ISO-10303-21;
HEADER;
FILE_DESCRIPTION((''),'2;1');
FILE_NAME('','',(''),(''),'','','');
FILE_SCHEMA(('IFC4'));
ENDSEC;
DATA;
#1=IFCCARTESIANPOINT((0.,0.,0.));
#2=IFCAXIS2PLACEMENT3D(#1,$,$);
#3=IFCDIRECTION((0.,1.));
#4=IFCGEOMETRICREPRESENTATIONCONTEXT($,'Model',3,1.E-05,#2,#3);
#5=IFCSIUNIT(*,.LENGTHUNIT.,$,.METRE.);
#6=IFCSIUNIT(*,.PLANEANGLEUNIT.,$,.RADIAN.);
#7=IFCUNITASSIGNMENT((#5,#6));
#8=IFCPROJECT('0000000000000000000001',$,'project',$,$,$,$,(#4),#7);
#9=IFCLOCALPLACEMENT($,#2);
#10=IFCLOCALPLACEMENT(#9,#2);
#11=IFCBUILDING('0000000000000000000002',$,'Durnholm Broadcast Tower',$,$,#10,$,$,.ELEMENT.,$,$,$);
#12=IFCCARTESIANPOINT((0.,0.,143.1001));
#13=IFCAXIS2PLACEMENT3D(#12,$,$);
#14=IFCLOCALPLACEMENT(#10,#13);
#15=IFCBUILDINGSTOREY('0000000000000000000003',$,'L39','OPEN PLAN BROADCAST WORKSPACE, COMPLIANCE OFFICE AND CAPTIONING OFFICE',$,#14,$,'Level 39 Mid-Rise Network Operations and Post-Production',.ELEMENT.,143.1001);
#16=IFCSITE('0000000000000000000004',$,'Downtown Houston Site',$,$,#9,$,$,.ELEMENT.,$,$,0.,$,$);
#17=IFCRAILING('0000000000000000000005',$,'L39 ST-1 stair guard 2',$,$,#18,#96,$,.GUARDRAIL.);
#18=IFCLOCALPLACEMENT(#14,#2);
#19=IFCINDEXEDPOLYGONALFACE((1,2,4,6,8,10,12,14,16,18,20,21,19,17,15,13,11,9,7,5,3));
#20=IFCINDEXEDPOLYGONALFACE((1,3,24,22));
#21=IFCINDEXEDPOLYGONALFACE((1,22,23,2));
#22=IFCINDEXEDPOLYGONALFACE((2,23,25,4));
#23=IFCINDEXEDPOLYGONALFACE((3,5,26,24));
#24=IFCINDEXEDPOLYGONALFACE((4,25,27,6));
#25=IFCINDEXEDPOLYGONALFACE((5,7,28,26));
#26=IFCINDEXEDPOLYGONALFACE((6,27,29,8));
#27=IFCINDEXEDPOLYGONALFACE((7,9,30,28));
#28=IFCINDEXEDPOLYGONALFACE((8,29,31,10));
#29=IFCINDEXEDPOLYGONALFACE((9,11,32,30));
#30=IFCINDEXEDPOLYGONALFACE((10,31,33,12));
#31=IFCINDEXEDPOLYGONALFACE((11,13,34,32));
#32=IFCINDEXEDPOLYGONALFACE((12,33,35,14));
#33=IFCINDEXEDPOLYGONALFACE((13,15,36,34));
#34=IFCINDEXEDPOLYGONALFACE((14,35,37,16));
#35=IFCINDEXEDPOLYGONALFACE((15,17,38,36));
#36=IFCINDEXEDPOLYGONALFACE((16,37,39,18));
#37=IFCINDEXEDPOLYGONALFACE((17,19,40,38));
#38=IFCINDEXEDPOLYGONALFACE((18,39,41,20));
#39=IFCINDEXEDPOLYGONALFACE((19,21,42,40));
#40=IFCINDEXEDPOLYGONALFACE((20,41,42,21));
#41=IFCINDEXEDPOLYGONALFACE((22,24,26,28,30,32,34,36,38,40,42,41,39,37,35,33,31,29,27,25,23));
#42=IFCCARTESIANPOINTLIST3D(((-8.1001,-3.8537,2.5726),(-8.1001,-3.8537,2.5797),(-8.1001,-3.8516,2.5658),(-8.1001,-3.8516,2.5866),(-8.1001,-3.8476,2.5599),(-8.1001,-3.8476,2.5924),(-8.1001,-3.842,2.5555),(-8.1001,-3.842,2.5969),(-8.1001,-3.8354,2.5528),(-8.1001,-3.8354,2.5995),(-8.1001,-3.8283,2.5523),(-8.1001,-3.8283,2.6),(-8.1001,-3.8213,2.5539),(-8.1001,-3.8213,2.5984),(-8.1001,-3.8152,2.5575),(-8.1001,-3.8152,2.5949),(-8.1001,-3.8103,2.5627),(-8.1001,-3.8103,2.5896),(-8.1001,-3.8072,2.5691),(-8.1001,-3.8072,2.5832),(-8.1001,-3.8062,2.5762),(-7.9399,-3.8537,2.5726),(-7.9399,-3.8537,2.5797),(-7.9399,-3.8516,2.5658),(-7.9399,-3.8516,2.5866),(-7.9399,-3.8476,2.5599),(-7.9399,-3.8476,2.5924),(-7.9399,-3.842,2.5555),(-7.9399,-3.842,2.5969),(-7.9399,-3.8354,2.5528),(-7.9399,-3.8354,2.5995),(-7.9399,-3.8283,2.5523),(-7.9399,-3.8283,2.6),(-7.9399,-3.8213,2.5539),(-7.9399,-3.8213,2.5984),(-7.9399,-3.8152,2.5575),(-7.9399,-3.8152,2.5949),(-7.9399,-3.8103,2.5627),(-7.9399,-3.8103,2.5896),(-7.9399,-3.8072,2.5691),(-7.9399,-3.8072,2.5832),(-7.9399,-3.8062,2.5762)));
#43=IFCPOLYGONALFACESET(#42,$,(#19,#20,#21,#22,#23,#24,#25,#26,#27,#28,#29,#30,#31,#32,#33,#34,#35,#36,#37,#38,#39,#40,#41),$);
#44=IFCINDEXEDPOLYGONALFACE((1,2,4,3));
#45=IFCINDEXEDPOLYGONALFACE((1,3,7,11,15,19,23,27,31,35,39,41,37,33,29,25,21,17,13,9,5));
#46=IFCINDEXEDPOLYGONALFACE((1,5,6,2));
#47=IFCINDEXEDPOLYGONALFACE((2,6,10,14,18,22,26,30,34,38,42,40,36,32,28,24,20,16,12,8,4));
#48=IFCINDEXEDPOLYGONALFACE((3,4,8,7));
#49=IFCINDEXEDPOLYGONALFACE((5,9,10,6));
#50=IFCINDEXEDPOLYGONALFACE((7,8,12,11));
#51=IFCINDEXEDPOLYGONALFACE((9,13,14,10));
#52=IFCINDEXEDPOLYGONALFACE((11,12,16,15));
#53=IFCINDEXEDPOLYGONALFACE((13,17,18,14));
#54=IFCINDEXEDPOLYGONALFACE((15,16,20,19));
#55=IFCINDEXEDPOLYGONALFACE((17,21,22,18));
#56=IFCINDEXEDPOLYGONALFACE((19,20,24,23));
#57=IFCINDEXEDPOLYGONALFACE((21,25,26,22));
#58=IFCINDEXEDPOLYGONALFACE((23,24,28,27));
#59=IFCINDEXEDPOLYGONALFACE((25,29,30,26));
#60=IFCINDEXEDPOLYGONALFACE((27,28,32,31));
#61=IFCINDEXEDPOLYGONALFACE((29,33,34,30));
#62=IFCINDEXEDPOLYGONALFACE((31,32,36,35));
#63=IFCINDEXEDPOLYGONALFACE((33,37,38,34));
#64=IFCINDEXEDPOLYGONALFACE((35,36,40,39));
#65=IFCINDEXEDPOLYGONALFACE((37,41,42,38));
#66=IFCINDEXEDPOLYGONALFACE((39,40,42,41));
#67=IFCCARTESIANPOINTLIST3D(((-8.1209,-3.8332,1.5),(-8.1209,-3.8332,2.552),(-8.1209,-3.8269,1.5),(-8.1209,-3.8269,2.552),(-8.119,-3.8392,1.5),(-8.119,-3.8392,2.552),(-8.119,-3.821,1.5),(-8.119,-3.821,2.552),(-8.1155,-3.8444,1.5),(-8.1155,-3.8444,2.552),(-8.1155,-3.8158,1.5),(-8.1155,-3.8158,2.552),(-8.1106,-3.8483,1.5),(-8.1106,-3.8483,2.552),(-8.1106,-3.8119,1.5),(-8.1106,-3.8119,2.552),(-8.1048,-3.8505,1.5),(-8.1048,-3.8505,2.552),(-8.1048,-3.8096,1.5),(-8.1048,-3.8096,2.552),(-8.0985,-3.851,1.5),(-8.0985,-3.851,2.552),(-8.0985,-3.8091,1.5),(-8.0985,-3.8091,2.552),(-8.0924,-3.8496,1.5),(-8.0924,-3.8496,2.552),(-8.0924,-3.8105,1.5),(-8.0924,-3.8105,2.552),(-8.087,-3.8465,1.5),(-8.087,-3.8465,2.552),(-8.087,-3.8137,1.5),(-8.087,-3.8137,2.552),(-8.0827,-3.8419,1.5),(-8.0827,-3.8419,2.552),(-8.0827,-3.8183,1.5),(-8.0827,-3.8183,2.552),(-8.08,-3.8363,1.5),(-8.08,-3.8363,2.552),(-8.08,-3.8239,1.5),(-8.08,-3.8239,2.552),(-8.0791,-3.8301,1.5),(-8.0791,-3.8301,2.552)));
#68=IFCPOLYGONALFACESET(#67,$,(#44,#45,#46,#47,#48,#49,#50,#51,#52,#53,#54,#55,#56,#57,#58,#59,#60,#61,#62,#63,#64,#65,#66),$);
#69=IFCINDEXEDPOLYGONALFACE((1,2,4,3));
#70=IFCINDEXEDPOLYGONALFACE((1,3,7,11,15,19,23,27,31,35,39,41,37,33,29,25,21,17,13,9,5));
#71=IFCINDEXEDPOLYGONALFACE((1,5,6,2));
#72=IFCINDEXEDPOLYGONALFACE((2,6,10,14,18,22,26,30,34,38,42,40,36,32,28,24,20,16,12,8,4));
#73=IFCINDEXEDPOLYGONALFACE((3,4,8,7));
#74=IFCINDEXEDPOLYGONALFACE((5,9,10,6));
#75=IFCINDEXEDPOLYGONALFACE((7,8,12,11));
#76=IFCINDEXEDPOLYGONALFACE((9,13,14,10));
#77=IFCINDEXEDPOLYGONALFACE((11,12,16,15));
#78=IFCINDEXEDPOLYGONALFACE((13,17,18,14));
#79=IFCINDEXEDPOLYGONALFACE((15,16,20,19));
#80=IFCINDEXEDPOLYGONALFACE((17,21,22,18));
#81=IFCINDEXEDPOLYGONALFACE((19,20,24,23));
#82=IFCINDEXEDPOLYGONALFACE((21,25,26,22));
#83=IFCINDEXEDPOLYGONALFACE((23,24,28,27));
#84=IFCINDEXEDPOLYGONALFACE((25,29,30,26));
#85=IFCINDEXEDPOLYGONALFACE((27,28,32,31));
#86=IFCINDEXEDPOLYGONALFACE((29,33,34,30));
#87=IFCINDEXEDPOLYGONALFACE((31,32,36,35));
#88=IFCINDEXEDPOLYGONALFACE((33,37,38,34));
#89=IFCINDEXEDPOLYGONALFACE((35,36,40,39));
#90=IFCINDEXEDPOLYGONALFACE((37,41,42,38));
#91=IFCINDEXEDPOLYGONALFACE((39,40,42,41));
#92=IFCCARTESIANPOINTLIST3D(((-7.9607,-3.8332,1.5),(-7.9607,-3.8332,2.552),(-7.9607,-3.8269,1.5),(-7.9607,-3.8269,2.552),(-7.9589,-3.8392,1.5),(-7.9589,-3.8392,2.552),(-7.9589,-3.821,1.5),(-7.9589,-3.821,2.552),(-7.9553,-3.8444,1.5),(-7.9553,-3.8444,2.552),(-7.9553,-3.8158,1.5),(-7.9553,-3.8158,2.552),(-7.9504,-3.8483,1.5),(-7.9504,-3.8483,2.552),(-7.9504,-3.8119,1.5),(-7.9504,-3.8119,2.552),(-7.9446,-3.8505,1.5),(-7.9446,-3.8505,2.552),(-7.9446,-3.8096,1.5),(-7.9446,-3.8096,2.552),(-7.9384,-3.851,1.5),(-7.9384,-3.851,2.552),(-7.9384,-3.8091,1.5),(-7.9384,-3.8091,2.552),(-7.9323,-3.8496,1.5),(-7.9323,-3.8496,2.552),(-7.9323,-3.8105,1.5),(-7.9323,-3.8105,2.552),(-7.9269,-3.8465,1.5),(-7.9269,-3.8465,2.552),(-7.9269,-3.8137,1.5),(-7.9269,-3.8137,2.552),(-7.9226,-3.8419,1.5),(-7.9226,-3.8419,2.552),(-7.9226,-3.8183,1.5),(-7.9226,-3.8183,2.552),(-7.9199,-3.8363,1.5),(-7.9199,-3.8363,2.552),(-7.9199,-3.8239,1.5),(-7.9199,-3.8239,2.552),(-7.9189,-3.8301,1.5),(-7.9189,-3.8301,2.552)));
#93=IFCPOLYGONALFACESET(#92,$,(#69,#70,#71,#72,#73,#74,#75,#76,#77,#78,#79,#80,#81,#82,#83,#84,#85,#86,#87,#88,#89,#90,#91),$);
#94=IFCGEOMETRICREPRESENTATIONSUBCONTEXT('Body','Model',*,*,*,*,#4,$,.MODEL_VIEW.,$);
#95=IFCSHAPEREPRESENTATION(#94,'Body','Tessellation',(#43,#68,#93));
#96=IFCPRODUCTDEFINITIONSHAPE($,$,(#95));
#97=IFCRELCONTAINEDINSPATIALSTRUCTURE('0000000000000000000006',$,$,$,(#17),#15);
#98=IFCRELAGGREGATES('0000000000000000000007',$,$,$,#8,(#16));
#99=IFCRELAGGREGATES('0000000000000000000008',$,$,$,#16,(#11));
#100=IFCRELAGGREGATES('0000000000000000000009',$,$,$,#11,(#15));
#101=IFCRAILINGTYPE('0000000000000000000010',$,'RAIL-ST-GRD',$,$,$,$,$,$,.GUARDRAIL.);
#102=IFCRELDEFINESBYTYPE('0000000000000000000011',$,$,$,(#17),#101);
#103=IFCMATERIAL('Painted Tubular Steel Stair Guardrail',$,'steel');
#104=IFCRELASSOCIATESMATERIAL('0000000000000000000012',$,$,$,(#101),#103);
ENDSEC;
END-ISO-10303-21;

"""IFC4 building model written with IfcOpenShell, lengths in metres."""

from ifc_helpers import new_model, si_unit, direction, frame, origin, origin_2d, place, context, subcontext, project, spatial, circle, extrude, material, type_object, element, save


model = new_model("IFC4")

# Units and contexts
model_context = context("Model", 3, precision=1e-05, world=origin(), true_north=direction((0.0, 1.0)))
body_context = subcontext(model_context, "Body", "Model", "MODEL_VIEW")
ifc_project = project(units=[si_unit("LENGTHUNIT", "METRE"), si_unit("PLANEANGLEUNIT", "RADIAN")], contexts=[model_context])

# Site, building, storey
site_placement = place(None, origin())
site = spatial("IfcSite", under=ifc_project, at=site_placement, Name="Downtown Houston Site", CompositionType="ELEMENT", RefElevation=0.0)
building_placement = place(site_placement, origin())
building = spatial("IfcBuilding", under=site, at=building_placement, Name="Durnholm Broadcast Tower", CompositionType="ELEMENT")
storey_placement = place(building_placement, frame((0.0, 0.0, 143.1001)))
storey = spatial("IfcBuildingStorey", under=building, at=storey_placement, Name="L39", Description="OPEN PLAN BROADCAST WORKSPACE, COMPLIANCE OFFICE AND CAPTIONING OFFICE", LongName="Level 39 Mid-Rise Network Operations and Post-Production", CompositionType="ELEMENT", Elevation=143.1001)

# Railing
ifc_material_1 = material(Name="Painted Tubular Steel Stair Guardrail", Category="steel")
railing_type_1 = type_object("IfcRailingType", Name="RAIL-ST-GRD", PredefinedType="GUARDRAIL", material=ifc_material_1)
railing_1_placement = place(storey_placement, frame((-8.1001, -3.8301, 1.5)))
element("IfcRailing", 1, at=railing_1_placement, inside=storey, type_object=railing_type_1, Name="L39 ST-1 stair guard 2", PredefinedType="GUARDRAIL", context=body_context, shape_type="SweptSolid", body=[
    extrude(circle(Radius=0.0239, at=origin_2d()), frame((0.0, 0.0, 1.0762), z_axis=(1.0, 0.0, 0.0), x_axis=(0.0, 1.0, 0.0)), (0.0, 0.0, 1.0), 0.1602),
    extrude(circle(Radius=0.021, at=origin_2d()), origin(), (0.0, 0.0, 1.0), 1.052),
    extrude(circle(Radius=0.021, at=origin_2d()), frame((0.1602, 0.0, 0.0)), (0.0, 0.0, 1.0), 1.052),
])

save(model, "model.ifc")
